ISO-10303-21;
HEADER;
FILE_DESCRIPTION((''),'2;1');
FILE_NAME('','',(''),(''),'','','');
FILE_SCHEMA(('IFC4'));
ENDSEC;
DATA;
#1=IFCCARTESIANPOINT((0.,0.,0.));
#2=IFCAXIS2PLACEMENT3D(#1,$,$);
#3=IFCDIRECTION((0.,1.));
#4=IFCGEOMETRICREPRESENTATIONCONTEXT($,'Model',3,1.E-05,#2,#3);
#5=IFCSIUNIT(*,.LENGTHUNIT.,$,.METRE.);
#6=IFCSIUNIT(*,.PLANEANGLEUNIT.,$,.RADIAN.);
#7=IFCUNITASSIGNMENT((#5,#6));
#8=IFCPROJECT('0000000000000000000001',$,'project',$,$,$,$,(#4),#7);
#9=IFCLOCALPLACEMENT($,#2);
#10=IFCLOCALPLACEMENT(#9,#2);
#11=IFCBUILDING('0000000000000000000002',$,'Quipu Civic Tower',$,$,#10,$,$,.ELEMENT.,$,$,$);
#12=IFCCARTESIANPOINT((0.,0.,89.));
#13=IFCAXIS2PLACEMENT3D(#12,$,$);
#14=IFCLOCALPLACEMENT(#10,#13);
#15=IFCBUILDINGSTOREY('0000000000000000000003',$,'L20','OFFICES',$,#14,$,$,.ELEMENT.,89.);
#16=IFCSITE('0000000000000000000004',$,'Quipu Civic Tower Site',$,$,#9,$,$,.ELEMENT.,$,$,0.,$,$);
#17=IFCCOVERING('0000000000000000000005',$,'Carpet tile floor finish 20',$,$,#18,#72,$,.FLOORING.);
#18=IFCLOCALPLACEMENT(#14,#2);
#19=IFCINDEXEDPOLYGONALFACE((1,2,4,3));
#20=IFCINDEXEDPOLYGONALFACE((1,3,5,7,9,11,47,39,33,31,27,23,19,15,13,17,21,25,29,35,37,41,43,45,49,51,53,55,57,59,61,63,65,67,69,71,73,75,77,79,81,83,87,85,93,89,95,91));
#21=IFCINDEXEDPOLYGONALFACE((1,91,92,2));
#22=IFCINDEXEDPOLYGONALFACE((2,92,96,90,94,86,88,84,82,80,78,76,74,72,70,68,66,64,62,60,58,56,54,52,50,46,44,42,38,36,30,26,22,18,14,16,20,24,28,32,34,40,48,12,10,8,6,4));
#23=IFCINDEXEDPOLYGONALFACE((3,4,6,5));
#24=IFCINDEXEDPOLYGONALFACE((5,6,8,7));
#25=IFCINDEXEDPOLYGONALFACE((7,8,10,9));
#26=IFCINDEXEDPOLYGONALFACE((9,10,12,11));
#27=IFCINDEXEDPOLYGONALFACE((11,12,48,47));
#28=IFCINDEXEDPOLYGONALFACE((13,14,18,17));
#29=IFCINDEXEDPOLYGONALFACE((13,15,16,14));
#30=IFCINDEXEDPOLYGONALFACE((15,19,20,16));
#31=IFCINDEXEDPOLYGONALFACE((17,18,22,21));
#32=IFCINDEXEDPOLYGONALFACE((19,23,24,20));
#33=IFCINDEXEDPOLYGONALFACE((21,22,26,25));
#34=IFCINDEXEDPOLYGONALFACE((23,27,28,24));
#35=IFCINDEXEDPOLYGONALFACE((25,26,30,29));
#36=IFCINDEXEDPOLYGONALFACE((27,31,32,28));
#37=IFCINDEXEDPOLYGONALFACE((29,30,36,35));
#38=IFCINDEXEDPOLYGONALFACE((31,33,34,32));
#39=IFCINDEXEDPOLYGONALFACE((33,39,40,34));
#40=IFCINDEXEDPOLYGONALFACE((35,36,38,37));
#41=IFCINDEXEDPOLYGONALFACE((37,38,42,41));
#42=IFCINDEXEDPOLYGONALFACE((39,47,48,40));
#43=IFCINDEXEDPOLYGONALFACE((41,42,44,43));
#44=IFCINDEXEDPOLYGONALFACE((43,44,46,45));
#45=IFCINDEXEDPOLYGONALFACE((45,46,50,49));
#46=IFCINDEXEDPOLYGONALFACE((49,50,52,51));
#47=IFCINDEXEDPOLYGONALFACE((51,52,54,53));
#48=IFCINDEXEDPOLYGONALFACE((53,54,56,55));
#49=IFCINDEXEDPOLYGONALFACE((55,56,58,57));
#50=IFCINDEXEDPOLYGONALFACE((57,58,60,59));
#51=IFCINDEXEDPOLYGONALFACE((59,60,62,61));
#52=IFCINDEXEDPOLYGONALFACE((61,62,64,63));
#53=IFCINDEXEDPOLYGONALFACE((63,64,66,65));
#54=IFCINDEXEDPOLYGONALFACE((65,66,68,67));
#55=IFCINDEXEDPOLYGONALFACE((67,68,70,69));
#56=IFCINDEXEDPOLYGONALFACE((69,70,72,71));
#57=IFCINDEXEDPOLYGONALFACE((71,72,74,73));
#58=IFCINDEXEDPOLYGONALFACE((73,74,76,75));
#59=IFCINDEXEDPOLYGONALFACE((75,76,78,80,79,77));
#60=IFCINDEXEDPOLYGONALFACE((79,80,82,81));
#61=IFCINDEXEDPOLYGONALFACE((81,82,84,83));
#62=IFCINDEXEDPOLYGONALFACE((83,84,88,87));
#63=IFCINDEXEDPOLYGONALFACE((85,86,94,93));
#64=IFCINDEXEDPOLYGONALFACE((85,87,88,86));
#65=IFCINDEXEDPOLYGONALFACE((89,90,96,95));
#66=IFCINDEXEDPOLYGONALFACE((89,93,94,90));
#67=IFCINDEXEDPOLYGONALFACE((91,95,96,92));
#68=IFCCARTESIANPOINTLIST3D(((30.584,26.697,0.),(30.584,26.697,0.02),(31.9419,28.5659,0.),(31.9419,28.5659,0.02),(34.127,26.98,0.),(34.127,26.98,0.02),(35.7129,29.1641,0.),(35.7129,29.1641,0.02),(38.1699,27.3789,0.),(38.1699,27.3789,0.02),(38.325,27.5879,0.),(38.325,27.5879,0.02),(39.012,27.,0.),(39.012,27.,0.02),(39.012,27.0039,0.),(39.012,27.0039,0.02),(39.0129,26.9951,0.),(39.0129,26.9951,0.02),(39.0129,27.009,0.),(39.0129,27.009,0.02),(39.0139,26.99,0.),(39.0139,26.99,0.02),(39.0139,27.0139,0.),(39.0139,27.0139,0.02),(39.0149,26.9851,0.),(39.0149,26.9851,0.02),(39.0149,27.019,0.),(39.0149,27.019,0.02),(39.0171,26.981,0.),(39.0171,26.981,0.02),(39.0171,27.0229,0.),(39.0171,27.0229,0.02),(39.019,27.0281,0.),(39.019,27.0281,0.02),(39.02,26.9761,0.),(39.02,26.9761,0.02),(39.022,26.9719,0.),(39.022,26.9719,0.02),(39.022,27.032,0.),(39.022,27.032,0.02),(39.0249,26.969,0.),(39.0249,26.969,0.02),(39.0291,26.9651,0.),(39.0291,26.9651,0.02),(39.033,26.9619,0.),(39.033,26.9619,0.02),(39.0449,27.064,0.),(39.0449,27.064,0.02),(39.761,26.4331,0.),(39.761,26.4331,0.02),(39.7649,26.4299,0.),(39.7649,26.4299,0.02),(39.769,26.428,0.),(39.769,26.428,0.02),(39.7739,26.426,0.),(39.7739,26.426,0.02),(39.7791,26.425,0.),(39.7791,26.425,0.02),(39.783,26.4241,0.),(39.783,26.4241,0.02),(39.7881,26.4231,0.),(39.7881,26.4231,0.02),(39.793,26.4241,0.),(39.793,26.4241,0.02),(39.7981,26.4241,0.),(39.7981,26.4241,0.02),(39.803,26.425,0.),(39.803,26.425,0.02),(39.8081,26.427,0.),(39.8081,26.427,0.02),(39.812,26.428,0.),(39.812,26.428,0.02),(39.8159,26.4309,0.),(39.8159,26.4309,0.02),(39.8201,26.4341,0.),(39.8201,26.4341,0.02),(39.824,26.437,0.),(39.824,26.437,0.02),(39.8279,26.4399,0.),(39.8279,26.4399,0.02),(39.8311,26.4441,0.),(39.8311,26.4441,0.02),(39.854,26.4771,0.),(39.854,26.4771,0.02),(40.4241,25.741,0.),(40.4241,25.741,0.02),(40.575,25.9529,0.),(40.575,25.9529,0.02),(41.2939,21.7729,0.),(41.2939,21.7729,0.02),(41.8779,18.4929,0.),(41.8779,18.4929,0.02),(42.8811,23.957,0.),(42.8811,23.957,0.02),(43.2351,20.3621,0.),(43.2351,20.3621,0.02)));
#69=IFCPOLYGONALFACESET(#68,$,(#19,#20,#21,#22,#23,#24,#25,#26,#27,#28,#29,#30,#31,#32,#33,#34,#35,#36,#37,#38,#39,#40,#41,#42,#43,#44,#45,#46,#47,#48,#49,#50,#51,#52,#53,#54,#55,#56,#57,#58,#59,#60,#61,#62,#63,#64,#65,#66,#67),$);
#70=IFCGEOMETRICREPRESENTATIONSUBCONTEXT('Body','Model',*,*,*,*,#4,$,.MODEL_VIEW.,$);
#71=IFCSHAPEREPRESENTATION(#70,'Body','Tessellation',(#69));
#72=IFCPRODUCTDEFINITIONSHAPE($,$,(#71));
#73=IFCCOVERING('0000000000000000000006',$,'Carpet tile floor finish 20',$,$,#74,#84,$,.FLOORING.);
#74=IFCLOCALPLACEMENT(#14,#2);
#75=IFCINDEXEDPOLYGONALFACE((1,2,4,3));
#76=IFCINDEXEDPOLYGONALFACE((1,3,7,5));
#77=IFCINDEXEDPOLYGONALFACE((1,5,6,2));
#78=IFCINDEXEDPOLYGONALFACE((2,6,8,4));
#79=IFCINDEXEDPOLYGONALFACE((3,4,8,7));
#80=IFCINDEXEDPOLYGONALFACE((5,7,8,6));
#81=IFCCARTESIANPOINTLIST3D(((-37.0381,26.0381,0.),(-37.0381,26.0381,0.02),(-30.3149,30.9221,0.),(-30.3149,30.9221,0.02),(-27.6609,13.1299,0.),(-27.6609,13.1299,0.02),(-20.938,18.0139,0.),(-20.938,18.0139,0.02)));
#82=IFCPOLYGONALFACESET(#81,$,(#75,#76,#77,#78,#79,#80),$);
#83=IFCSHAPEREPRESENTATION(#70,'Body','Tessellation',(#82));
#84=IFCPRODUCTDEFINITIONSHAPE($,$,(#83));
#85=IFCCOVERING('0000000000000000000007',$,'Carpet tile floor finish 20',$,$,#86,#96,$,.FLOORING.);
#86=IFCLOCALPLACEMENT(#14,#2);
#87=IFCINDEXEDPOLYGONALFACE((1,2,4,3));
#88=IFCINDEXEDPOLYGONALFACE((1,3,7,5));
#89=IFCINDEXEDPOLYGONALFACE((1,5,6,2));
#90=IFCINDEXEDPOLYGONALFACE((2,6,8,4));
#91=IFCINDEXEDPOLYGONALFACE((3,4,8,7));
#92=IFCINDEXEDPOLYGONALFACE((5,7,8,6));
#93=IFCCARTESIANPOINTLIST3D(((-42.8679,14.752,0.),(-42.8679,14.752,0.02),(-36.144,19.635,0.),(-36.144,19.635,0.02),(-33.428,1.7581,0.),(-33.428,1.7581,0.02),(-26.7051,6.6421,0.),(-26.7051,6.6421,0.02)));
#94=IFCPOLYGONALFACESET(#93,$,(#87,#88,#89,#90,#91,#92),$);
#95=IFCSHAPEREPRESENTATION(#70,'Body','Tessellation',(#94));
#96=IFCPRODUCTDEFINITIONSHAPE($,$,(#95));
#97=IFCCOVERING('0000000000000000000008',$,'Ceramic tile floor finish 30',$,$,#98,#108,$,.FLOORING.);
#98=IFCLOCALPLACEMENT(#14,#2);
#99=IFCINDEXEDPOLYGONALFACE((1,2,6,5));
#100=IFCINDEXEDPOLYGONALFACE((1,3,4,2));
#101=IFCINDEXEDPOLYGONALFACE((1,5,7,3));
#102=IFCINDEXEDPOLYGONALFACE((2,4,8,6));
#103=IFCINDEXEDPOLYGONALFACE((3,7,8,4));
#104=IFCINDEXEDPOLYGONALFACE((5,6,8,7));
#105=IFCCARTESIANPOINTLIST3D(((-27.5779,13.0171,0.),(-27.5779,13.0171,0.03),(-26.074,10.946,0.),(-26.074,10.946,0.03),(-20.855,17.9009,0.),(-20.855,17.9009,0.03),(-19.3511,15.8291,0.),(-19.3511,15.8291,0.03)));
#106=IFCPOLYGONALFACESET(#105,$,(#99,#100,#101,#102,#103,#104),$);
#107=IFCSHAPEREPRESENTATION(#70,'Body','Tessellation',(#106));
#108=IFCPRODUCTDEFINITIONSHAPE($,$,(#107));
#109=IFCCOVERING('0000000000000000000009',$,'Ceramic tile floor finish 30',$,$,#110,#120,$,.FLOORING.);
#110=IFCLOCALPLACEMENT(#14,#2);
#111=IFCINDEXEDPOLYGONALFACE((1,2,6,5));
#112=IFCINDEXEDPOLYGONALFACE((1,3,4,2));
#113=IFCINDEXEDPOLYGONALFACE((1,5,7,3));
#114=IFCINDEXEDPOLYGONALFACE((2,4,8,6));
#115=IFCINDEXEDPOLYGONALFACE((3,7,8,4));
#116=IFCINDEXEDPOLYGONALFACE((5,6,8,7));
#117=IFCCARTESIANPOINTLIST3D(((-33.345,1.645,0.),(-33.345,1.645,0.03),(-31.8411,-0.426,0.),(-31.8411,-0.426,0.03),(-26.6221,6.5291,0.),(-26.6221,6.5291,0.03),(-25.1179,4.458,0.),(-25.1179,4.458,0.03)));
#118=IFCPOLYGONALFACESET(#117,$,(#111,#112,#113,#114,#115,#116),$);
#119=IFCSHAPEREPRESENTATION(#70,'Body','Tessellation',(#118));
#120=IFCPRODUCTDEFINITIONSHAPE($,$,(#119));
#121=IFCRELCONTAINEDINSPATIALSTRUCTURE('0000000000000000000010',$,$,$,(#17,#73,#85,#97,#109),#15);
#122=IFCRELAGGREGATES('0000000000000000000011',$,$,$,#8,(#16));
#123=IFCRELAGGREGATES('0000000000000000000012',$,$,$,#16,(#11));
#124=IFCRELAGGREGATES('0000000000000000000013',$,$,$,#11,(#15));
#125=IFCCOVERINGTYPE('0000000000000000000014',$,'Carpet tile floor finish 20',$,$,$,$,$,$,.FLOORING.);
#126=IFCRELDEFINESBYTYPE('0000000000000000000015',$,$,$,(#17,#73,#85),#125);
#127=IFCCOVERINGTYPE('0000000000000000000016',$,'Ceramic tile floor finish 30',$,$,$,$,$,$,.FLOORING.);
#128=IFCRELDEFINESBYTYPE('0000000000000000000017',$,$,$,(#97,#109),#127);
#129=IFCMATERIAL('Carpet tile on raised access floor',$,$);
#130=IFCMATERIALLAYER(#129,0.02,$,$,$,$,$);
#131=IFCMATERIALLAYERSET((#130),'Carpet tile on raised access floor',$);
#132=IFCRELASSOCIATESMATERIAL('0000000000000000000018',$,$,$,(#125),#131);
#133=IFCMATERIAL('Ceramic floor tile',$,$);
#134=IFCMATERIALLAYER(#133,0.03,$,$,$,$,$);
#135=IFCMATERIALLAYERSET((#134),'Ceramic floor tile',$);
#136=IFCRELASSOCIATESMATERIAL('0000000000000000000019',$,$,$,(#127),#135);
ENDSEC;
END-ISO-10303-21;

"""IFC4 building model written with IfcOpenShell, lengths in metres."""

from ifc_helpers import new_model, si_unit, direction, frame, origin, place, context, subcontext, project, spatial, polyline, outline, extrude, material, layer, layer_set, type_object, element, save


model = new_model("IFC4")

# Units and contexts
model_context = context("Model", 3, precision=1e-05, world=origin(), true_north=direction((0.0, 1.0)))
body_context = subcontext(model_context, "Body", "Model", "MODEL_VIEW")
ifc_project = project(units=[si_unit("LENGTHUNIT", "METRE"), si_unit("PLANEANGLEUNIT", "RADIAN")], contexts=[model_context])

# Site, building, storey
site_placement = place(None, origin())
site = spatial("IfcSite", under=ifc_project, at=site_placement, Name="Quipu Civic Tower Site", CompositionType="ELEMENT", RefElevation=0.0)
building_placement = place(site_placement, origin())
building = spatial("IfcBuilding", under=site, at=building_placement, Name="Quipu Civic Tower", CompositionType="ELEMENT")
storey_placement = place(building_placement, frame((0.0, 0.0, 89.0)))
storey = spatial("IfcBuildingStorey", under=building, at=storey_placement, Name="L20", Description="OFFICES", CompositionType="ELEMENT", Elevation=89.0)

# Coverings
ifc_material_1 = material(Name="Carpet tile on raised access floor")
ifc_layer_1 = layer(ifc_material_1, 0.02)
ifc_layer_set_1 = layer_set([ifc_layer_1], Name="Carpet tile on raised access floor")
covering_type_1 = type_object("IfcCoveringType", Name="Carpet tile floor finish 20", PredefinedType="FLOORING", material=ifc_layer_set_1)
covering_1_placement = place(storey_placement, origin())
element("IfcCovering", 1, at=covering_1_placement, inside=storey, type_object=covering_type_1, Name="Carpet tile floor finish 20", PredefinedType="FLOORING", context=body_context, shape_type="SweptSolid", body=[
    extrude(outline(polyline([(30.584, 26.697), (31.9419, 28.5659), (34.127, 26.98), (35.7129, 29.1641), (38.1699, 27.3789), (38.325, 27.5879), (39.0449, 27.064), (39.022, 27.032), (39.019, 27.0281), (39.0171, 27.0229), (39.0149, 27.019), (39.0139, 27.0139), (39.0129, 27.009), (39.012, 27.0039), (39.012, 27.0), (39.0129, 26.9951), (39.0139, 26.99), (39.0149, 26.9851), (39.0171, 26.981), (39.02, 26.9761), (39.022, 26.9719), (39.0249, 26.969), (39.0291, 26.9651), (39.033, 26.9619), (39.761, 26.4331), (39.7649, 26.4299), (39.769, 26.428), (39.7739, 26.426), (39.7791, 26.425), (39.783, 26.4241), (39.7881, 26.4231), (39.793, 26.4241), (39.7981, 26.4241), (39.803, 26.425), (39.8081, 26.427), (39.812, 26.428), (39.8159, 26.4309), (39.8201, 26.4341), (39.824, 26.437), (39.8279, 26.4399), (39.8311, 26.4441), (39.854, 26.4771), (40.575, 25.9529), (40.4241, 25.741), (42.8811, 23.957), (41.2939, 21.7729), (43.2351, 20.3621), (41.8779, 18.4929), (30.584, 26.697)])), origin(), (0.0, 0.0, 1.0), 0.02),
])
covering_2_placement = place(storey_placement, origin())
element("IfcCovering", 2, at=covering_2_placement, inside=storey, type_object=covering_type_1, Name="Carpet tile floor finish 20", PredefinedType="FLOORING", context=body_context, shape_type="SweptSolid", body=[
    extrude(outline(polyline([(-37.0381, 26.0381), (-30.3149, 30.9221), (-20.938, 18.0139), (-27.6609, 13.1299), (-37.0381, 26.0381)])), origin(), (0.0, 0.0, 1.0), 0.02),
])
covering_3_placement = place(storey_placement, origin())
element("IfcCovering", 3, at=covering_3_placement, inside=storey, type_object=covering_type_1, Name="Carpet tile floor finish 20", PredefinedType="FLOORING", context=body_context, shape_type="SweptSolid", body=[
    extrude(outline(polyline([(-42.8679, 14.752), (-36.144, 19.635), (-26.7051, 6.6421), (-33.428, 1.7581), (-42.8679, 14.752)])), origin(), (0.0, 0.0, 1.0), 0.02),
])
ifc_material_2 = material(Name="Ceramic floor tile")
ifc_layer_2 = layer(ifc_material_2, 0.03)
ifc_layer_set_2 = layer_set([ifc_layer_2], Name="Ceramic floor tile")
covering_type_2 = type_object("IfcCoveringType", Name="Ceramic tile floor finish 30", PredefinedType="FLOORING", material=ifc_layer_set_2)
covering_4_placement = place(storey_placement, origin())
element("IfcCovering", 4, at=covering_4_placement, inside=storey, type_object=covering_type_2, Name="Ceramic tile floor finish 30", PredefinedType="FLOORING", context=body_context, shape_type="SweptSolid", body=[
    extrude(outline(polyline([(-27.5779, 13.0171), (-20.855, 17.9009), (-19.3511, 15.8291), (-26.074, 10.946), (-27.5779, 13.0171)])), origin(), (0.0, 0.0, 1.0), 0.03),
])
covering_5_placement = place(storey_placement, origin())
element("IfcCovering", 5, at=covering_5_placement, inside=storey, type_object=covering_type_2, Name="Ceramic tile floor finish 30", PredefinedType="FLOORING", context=body_context, shape_type="SweptSolid", body=[
    extrude(outline(polyline([(-33.345, 1.645), (-26.6221, 6.5291), (-25.1179, 4.458), (-31.8411, -0.426), (-33.345, 1.645)])), origin(), (0.0, 0.0, 1.0), 0.03),
])

save(model, "model.ifc")
